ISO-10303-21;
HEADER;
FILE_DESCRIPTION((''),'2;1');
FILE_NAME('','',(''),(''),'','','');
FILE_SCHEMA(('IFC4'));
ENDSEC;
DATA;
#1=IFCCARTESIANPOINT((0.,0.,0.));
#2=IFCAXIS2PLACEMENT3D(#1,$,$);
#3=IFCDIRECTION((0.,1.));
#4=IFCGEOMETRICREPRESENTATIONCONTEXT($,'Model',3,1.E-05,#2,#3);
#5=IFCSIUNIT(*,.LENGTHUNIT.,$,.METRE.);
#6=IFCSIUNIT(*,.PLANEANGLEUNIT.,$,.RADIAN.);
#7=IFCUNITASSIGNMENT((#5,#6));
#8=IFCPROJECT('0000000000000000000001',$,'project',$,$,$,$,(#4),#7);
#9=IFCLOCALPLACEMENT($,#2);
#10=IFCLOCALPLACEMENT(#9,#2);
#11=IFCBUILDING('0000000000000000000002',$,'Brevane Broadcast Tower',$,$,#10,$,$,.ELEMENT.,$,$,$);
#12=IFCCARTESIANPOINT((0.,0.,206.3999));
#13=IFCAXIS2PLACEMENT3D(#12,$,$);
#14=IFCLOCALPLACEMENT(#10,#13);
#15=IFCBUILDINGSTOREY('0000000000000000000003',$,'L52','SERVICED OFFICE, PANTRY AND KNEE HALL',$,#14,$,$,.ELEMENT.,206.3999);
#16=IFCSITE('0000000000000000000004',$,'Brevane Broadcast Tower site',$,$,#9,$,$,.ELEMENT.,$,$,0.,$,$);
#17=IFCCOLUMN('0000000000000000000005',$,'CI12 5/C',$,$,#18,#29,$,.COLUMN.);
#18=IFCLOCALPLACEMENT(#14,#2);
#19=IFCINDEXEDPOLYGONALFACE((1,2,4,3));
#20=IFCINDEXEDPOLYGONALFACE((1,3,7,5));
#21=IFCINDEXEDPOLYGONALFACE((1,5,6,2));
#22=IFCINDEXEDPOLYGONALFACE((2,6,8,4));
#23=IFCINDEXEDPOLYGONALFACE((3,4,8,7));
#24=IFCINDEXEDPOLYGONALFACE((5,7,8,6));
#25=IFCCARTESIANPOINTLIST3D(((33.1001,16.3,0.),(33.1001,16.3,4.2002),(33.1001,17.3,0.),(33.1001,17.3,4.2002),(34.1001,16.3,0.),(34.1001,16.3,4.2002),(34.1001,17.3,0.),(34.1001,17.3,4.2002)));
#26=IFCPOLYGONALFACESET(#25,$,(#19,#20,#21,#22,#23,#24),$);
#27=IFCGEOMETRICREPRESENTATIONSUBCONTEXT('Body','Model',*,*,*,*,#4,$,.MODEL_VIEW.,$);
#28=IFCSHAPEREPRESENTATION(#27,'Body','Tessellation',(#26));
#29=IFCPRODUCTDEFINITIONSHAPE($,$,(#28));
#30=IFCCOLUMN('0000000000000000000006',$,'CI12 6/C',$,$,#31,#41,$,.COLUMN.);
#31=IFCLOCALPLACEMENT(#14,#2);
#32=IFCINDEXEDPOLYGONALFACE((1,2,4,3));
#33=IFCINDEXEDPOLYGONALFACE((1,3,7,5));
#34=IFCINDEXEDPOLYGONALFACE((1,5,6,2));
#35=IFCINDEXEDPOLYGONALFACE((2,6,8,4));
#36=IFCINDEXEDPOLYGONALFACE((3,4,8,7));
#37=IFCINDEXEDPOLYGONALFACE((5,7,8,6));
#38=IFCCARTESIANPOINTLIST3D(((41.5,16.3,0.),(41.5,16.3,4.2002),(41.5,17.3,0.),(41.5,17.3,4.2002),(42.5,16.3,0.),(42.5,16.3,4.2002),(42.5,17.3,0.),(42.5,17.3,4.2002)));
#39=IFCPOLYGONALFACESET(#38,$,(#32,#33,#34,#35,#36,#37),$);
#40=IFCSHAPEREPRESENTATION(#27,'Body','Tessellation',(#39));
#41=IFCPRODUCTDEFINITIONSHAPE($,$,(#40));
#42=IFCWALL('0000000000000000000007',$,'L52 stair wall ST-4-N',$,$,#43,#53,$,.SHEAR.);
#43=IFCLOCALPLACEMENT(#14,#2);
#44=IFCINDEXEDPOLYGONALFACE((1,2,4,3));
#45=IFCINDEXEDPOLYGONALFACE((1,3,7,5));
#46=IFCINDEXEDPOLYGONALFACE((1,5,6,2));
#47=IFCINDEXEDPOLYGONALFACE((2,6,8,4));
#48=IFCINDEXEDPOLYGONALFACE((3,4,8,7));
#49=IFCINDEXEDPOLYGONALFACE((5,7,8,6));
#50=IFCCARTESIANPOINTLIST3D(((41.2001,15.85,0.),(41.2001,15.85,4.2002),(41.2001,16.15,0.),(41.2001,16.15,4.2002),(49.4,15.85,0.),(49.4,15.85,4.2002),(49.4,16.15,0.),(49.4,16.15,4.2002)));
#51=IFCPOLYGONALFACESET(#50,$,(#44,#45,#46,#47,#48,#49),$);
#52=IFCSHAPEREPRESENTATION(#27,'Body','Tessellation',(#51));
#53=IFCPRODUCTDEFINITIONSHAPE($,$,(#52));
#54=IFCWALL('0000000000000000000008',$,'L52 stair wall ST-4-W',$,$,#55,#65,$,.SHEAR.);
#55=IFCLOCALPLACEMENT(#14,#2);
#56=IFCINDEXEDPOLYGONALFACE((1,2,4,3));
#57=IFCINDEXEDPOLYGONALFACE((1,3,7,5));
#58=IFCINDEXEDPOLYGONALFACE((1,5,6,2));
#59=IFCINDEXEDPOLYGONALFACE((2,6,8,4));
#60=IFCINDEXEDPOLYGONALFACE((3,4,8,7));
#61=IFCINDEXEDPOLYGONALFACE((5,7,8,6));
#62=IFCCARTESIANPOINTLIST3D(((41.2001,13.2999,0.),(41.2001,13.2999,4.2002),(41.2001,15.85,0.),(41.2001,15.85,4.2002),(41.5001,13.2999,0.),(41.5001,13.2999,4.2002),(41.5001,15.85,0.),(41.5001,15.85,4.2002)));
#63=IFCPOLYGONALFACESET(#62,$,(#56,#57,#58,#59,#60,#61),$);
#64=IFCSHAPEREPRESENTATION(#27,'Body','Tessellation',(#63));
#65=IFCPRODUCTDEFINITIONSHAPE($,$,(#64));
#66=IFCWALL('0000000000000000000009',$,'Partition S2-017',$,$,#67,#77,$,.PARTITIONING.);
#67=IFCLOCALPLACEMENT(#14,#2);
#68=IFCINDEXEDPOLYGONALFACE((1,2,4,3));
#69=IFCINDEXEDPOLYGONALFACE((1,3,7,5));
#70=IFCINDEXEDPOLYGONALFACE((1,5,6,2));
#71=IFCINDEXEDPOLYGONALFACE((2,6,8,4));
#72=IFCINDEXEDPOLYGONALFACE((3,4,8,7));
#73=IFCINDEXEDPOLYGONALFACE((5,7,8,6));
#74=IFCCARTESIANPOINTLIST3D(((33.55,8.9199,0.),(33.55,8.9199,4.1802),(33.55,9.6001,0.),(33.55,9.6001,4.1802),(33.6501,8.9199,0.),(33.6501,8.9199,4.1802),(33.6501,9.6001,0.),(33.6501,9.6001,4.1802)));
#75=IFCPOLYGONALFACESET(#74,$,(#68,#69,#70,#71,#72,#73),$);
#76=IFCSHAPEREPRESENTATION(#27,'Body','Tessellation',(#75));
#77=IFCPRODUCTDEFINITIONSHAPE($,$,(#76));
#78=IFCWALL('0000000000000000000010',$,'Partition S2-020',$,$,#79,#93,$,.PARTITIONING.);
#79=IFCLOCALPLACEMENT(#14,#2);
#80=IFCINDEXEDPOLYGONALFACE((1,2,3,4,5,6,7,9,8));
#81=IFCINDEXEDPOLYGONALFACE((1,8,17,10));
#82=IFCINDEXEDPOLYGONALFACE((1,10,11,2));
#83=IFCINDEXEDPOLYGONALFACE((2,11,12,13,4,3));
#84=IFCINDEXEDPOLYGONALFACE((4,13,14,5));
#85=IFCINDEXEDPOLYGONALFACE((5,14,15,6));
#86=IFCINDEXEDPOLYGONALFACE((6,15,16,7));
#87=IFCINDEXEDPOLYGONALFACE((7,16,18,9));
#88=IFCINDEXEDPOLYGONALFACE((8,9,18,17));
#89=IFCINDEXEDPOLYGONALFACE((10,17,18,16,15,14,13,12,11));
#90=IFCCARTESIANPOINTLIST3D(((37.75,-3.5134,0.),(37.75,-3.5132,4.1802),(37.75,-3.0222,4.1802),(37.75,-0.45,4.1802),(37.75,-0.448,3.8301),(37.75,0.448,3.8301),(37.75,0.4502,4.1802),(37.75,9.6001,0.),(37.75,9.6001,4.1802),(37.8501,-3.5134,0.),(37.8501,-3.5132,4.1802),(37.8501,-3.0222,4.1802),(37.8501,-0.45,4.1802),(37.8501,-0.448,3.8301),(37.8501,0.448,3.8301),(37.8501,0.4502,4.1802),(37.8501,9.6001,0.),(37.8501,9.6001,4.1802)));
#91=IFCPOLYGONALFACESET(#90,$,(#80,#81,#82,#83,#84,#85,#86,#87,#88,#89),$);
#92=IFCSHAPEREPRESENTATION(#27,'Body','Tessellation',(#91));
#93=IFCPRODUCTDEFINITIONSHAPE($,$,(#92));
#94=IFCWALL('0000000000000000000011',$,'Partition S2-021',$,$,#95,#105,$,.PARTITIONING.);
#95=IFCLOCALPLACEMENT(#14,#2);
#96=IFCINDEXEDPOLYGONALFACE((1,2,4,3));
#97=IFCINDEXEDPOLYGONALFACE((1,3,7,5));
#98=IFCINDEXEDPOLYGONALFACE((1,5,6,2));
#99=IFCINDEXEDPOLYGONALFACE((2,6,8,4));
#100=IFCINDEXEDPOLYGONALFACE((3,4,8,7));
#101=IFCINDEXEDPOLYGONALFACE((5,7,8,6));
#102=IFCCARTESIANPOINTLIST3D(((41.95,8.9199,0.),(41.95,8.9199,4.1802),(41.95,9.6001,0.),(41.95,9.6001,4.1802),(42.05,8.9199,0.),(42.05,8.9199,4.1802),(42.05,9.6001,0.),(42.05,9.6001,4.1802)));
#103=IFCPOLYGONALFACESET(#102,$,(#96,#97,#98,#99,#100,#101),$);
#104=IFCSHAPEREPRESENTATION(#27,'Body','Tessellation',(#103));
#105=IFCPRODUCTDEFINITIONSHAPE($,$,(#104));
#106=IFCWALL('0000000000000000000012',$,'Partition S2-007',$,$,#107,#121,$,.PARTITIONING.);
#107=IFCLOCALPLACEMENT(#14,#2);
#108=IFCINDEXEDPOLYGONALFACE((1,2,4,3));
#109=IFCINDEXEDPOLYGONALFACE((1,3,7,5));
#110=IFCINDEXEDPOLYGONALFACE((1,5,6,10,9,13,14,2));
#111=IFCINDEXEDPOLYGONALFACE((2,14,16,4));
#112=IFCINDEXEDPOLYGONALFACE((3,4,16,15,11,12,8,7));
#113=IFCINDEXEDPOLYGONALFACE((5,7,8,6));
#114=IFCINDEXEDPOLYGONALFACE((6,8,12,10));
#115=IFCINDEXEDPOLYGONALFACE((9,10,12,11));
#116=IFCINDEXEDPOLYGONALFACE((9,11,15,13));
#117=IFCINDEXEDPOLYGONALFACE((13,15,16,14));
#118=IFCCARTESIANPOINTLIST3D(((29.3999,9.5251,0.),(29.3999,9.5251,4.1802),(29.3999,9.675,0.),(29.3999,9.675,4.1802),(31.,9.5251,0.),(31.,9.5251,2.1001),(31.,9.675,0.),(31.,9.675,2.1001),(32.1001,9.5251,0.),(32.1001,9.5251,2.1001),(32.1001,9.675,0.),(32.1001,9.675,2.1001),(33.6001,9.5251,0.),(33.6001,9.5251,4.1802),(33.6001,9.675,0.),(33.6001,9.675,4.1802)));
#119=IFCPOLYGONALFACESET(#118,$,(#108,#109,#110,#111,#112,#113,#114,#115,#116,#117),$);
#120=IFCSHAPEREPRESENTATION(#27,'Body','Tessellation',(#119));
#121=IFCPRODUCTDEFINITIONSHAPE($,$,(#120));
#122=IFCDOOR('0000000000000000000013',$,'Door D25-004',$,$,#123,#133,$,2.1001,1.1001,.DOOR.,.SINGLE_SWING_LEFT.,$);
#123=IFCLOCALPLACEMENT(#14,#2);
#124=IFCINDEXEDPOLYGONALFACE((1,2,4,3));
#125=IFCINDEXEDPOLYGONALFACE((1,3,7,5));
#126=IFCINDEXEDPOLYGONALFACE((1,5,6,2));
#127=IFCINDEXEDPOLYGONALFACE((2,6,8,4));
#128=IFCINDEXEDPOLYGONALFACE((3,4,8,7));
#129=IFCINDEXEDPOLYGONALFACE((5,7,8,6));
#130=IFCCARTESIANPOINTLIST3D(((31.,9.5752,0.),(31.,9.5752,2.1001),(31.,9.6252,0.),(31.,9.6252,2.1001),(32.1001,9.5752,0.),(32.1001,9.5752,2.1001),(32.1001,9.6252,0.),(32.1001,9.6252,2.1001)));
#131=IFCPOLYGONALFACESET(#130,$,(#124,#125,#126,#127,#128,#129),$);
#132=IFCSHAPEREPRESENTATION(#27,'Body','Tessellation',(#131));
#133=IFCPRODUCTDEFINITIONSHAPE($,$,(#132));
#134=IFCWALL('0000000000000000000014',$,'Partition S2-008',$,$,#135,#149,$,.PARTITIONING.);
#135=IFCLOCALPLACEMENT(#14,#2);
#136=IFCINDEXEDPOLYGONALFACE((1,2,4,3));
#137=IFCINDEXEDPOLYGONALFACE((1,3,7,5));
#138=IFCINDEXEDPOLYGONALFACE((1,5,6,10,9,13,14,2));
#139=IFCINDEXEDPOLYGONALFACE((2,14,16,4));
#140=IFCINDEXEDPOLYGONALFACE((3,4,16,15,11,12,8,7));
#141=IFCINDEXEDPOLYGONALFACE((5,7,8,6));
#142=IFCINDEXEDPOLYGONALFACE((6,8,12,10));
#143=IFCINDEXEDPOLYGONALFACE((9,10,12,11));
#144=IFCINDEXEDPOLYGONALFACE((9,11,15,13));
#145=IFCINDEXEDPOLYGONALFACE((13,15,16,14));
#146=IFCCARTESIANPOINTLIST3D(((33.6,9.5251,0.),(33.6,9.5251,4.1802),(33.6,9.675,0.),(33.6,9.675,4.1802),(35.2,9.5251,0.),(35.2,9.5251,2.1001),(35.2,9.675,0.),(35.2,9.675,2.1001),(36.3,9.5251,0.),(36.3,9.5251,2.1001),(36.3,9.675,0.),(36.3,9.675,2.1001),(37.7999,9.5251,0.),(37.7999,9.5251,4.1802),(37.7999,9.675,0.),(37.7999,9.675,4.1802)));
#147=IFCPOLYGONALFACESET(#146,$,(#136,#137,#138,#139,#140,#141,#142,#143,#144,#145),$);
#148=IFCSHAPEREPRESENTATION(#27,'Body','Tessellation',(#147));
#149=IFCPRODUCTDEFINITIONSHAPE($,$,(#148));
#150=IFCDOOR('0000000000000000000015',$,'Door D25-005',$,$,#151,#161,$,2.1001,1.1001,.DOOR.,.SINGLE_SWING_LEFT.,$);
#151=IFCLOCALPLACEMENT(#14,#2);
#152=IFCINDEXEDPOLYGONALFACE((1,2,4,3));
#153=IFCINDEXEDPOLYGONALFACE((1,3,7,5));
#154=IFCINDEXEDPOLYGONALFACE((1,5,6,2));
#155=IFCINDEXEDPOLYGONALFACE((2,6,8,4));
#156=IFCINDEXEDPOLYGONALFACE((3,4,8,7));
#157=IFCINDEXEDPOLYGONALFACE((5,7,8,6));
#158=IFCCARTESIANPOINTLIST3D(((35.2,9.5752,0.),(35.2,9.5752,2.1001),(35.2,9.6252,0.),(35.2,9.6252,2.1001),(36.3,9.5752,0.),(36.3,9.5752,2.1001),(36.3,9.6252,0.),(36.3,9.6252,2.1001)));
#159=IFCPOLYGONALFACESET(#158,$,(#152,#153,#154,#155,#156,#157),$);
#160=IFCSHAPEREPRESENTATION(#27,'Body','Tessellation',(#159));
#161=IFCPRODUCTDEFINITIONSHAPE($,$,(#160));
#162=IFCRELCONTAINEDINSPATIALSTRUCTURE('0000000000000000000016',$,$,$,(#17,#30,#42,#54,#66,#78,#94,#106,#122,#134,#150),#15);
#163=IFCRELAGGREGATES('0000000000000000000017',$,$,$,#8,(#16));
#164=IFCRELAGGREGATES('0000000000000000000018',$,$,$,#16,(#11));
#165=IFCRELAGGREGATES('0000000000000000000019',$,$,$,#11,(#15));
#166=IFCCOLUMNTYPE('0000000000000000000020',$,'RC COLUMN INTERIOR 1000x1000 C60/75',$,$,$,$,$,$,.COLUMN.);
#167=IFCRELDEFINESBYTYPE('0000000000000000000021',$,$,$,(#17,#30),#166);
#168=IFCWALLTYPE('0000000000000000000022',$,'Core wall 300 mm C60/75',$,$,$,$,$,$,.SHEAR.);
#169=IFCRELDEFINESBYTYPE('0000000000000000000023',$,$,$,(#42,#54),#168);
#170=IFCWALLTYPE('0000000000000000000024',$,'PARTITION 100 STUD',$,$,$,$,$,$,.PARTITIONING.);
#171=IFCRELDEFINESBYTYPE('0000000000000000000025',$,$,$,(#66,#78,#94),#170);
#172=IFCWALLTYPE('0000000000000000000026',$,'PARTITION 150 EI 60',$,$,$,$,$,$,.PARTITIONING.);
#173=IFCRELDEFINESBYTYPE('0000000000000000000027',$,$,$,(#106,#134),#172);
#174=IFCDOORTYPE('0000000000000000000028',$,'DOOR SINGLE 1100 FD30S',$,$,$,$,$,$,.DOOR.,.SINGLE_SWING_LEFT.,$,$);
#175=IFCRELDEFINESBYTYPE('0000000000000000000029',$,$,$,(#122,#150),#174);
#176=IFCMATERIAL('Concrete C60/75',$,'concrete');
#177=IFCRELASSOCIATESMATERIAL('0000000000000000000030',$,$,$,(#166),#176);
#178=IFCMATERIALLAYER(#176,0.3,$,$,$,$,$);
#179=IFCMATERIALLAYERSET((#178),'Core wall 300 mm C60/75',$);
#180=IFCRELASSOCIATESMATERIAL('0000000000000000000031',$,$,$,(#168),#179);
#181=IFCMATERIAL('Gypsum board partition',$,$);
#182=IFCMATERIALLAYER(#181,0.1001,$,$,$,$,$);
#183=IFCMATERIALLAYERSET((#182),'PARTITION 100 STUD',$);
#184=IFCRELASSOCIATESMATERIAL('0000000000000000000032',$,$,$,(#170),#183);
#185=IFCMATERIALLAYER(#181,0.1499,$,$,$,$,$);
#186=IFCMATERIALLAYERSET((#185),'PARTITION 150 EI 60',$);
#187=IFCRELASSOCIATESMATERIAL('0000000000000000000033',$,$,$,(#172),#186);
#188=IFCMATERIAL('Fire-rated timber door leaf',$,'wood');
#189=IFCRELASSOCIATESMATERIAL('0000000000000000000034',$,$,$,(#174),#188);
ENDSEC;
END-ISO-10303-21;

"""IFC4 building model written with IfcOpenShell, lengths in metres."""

from ifc_helpers import new_model, si_unit, direction, frame, frame_2d, origin, origin_2d, place, context, subcontext, project, spatial, polyline, rectangle, outline, extrude, material, layer, layer_set, material_profile, profile_set, type_object, element, fill, save


model = new_model("IFC4")

# Units and contexts
model_context = context("Model", 3, precision=1e-05, world=origin(), true_north=direction((0.0, 1.0)))
body_context = subcontext(model_context, "Body", "Model", "MODEL_VIEW")
ifc_project = project(units=[si_unit("LENGTHUNIT", "METRE"), si_unit("PLANEANGLEUNIT", "RADIAN")], contexts=[model_context])

# Site, building, storey
site_placement = place(None, origin())
site = spatial("IfcSite", under=ifc_project, at=site_placement, Name="Brevane Broadcast Tower site", CompositionType="ELEMENT", RefElevation=0.0)
building_placement = place(site_placement, origin())
building = spatial("IfcBuilding", under=site, at=building_placement, Name="Brevane Broadcast Tower", CompositionType="ELEMENT")
storey_placement = place(building_placement, frame((0.0, 0.0, 206.3999)))
storey = spatial("IfcBuildingStorey", under=building, at=storey_placement, Name="L52", Description="SERVICED OFFICE, PANTRY AND KNEE HALL", CompositionType="ELEMENT", Elevation=206.3999)

# Columns
ifc_material_1 = material(Name="Concrete C60/75", Category="concrete")
ifc_material_profile = material_profile(ifc_material_1, rectangle(XDim=1.0, YDim=1.0, at=origin_2d()), Name="RC 1000x1000")
ifc_profile_set = profile_set([ifc_material_profile], Name="Concrete C60/75")
column_type = type_object("IfcColumnType", Name="RC COLUMN INTERIOR 1000x1000 C60/75", PredefinedType="COLUMN", material=ifc_profile_set)
for number, where, z_axis, x_axis, name in (
    (1, (33.6001, 16.8, 0.0), (0.0, 0.0, 1.0), (1.0, 0.0, 0.0), "CI12 5/C"),
    (2, (42.0, 16.8, 0.0), (0.0, 0.0, 1.0), (1.0, 0.0, 0.0), "CI12 6/C"),
):
    element("IfcColumn", number, at=place(storey_placement, frame(where, z_axis=z_axis, x_axis=x_axis)), inside=storey, type_object=column_type, Name=name, PredefinedType="COLUMN", context=body_context, shape_type="SweptSolid", body=[
        extrude(rectangle(XDim=1.0, YDim=1.0, at=origin_2d()), origin(), (0.0, 0.0, 1.0), 4.2002),
    ])

# Walls
ifc_layer_1 = layer(ifc_material_1, 0.3)
ifc_layer_set_1 = layer_set([ifc_layer_1], Name="Core wall 300 mm C60/75")
wall_type_1 = type_object("IfcWallType", Name="Core wall 300 mm C60/75", PredefinedType="SHEAR", material=ifc_layer_set_1)
wall_1_placement = place(storey_placement, frame((41.2, 16.0, 0.0), z_axis=(0.0, 0.0, 1.0), x_axis=(1.0, 0.0, 0.0)))
element("IfcWall", 3, at=wall_1_placement, inside=storey, type_object=wall_type_1, Name="L52 stair wall ST-4-N", PredefinedType="SHEAR", context=body_context, shape_type="SweptSolid", body=[
    extrude(rectangle(XDim=8.2, YDim=0.3, at=frame_2d((4.1001, 0.0))), origin(), (0.0, 0.0, 1.0), 4.2002),
])
wall_2_placement = place(storey_placement, frame((41.3501, 13.3, 0.0), z_axis=(0.0, 0.0, 1.0), x_axis=(0.0, 1.0, 0.0)))
element("IfcWall", 4, at=wall_2_placement, inside=storey, type_object=wall_type_1, Name="L52 stair wall ST-4-W", PredefinedType="SHEAR", context=body_context, shape_type="SweptSolid", body=[
    extrude(rectangle(XDim=2.55, YDim=0.3, at=frame_2d((1.2749, 0.0))), origin(), (0.0, 0.0, 1.0), 4.2002),
])
ifc_material_2 = material(Name="Gypsum board partition")
ifc_layer_2 = layer(ifc_material_2, 0.1001)
ifc_layer_set_2 = layer_set([ifc_layer_2], Name="PARTITION 100 STUD")
wall_type_2 = type_object("IfcWallType", Name="PARTITION 100 STUD", PredefinedType="PARTITIONING", material=ifc_layer_set_2)
wall_3_placement = place(storey_placement, frame((33.6001, 9.6001, 0.0), z_axis=(0.0, 0.0, 1.0), x_axis=(0.0, -1.0, 0.0)))
element("IfcWall", 5, at=wall_3_placement, inside=storey, type_object=wall_type_2, Name="Partition S2-017", PredefinedType="PARTITIONING", context=body_context, shape_type="SweptSolid", body=[
    extrude(rectangle(XDim=0.6802, YDim=0.1001, at=frame_2d((0.3401, 0.0))), origin(), (0.0, 0.0, 1.0), 4.1802),
])
wall_4_placement = place(storey_placement, frame((37.8, 9.6001, 0.0), z_axis=(0.0, 0.0, 1.0), x_axis=(0.0, -1.0, 0.0)))
element("IfcWall", 6, at=wall_4_placement, inside=storey, type_object=wall_type_2, Name="Partition S2-020", PredefinedType="PARTITIONING", context=body_context, shape_type="SweptSolid", body=[
    extrude(outline(polyline([(0.0, 0.0), (13.1135, 0.0), (13.1133, 4.1802), (12.6223, 4.1802), (10.05, 4.1802), (10.0481, 3.8301), (9.1521, 3.8301), (9.1499, 4.1802), (0.0, 4.1802), (0.0, 0.0)])), frame((0.0, 0.05, 0.0), z_axis=(0.0, -1.0, 0.0), x_axis=(1.0, 0.0, 0.0)), (0.0, 0.0, 1.0), 0.1001),
])
wall_5_placement = place(storey_placement, frame((42.0, 9.6001, 0.0), z_axis=(0.0, 0.0, 1.0), x_axis=(0.0, -1.0, 0.0)))
element("IfcWall", 7, at=wall_5_placement, inside=storey, type_object=wall_type_2, Name="Partition S2-021", PredefinedType="PARTITIONING", context=body_context, shape_type="SweptSolid", body=[
    extrude(rectangle(XDim=0.6802, YDim=0.1001, at=frame_2d((0.3401, 0.0))), origin(), (0.0, 0.0, 1.0), 4.1802),
])

# Walls, openings, doors
ifc_layer_3 = layer(ifc_material_2, 0.1499)
ifc_layer_set_3 = layer_set([ifc_layer_3], Name="PARTITION 150 EI 60")
wall_type_3 = type_object("IfcWallType", Name="PARTITION 150 EI 60", PredefinedType="PARTITIONING", material=ifc_layer_set_3)
wall_6_placement = place(storey_placement, frame((33.6001, 9.6001, 0.0), z_axis=(0.0, 0.0, 1.0), x_axis=(-1.0, 0.0, 0.0)))
wall_6 = element("IfcWall", 8, at=wall_6_placement, inside=storey, type_object=wall_type_3, Name="Partition S2-007", PredefinedType="PARTITIONING", context=body_context, shape_type="SweptSolid", body=[
    extrude(rectangle(XDim=4.2002, YDim=0.1499, at=frame_2d((2.1001, 0.0))), origin(), (0.0, 0.0, 1.0), 4.1802),
])
opening_1_placement = place(wall_6_placement, frame((1.5, 0.0, 0.0)))
opening_1 = element("IfcOpeningElement", 9, at=opening_1_placement, cuts=wall_6, PredefinedType="OPENING", context=body_context, shape_type="SweptSolid", body=[
    extrude(rectangle(XDim=1.1001, YDim=2.1001, at=frame_2d((0.55, 1.05))), frame((0.0, 0.085, 0.0), z_axis=(0.0, -1.0, 0.0), x_axis=(1.0, 0.0, 0.0)), (0.0, 0.0, 1.0), 0.1699),
])
ifc_material_3 = material(Name="Fire-rated timber door leaf", Category="wood")
door_type = type_object("IfcDoorType", Name="DOOR SINGLE 1100 FD30S", OperationType="SINGLE_SWING_LEFT", PredefinedType="DOOR", material=ifc_material_3)
door_1_placement = place(opening_1_placement, origin())
door_1 = element("IfcDoor", 10, at=door_1_placement, inside=storey, type_object=door_type, Name="Door D25-004", OperationType="SINGLE_SWING_LEFT", OverallHeight=2.1001, OverallWidth=1.1001, PredefinedType="DOOR", context=body_context, shape_type="SweptSolid", body=[
    extrude(rectangle(XDim=1.1001, YDim=2.1001, at=frame_2d((0.55, 1.05))), frame((0.0, 0.0249, 0.0), z_axis=(0.0, -1.0, 0.0), x_axis=(1.0, 0.0, 0.0)), (0.0, 0.0, 1.0), 0.05),
])
fill(opening_1, door_1)
wall_7_placement = place(storey_placement, frame((37.8, 9.6001, 0.0), z_axis=(0.0, 0.0, 1.0), x_axis=(-1.0, 0.0, 0.0)))
wall_7 = element("IfcWall", 11, at=wall_7_placement, inside=storey, type_object=wall_type_3, Name="Partition S2-008", PredefinedType="PARTITIONING", context=body_context, shape_type="SweptSolid", body=[
    extrude(rectangle(XDim=4.2, YDim=0.1499, at=frame_2d((2.1001, 0.0))), origin(), (0.0, 0.0, 1.0), 4.1802),
])
opening_2_placement = place(wall_7_placement, frame((1.5, 0.0, 0.0)))
opening_2 = element("IfcOpeningElement", 12, at=opening_2_placement, cuts=wall_7, PredefinedType="OPENING", context=body_context, shape_type="SweptSolid", body=[
    extrude(rectangle(XDim=1.1001, YDim=2.1001, at=frame_2d((0.55, 1.05))), frame((0.0, 0.085, 0.0), z_axis=(0.0, -1.0, 0.0), x_axis=(1.0, 0.0, 0.0)), (0.0, 0.0, 1.0), 0.1699),
])
door_2_placement = place(opening_2_placement, origin())
door_2 = element("IfcDoor", 13, at=door_2_placement, inside=storey, type_object=door_type, Name="Door D25-005", OperationType="SINGLE_SWING_LEFT", OverallHeight=2.1001, OverallWidth=1.1001, PredefinedType="DOOR", context=body_context, shape_type="SweptSolid", body=[
    extrude(rectangle(XDim=1.1001, YDim=2.1001, at=frame_2d((0.55, 1.05))), frame((0.0, 0.0249, 0.0), z_axis=(0.0, -1.0, 0.0), x_axis=(1.0, 0.0, 0.0)), (0.0, 0.0, 1.0), 0.05),
])
fill(opening_2, door_2)

save(model, "model.ifc")
